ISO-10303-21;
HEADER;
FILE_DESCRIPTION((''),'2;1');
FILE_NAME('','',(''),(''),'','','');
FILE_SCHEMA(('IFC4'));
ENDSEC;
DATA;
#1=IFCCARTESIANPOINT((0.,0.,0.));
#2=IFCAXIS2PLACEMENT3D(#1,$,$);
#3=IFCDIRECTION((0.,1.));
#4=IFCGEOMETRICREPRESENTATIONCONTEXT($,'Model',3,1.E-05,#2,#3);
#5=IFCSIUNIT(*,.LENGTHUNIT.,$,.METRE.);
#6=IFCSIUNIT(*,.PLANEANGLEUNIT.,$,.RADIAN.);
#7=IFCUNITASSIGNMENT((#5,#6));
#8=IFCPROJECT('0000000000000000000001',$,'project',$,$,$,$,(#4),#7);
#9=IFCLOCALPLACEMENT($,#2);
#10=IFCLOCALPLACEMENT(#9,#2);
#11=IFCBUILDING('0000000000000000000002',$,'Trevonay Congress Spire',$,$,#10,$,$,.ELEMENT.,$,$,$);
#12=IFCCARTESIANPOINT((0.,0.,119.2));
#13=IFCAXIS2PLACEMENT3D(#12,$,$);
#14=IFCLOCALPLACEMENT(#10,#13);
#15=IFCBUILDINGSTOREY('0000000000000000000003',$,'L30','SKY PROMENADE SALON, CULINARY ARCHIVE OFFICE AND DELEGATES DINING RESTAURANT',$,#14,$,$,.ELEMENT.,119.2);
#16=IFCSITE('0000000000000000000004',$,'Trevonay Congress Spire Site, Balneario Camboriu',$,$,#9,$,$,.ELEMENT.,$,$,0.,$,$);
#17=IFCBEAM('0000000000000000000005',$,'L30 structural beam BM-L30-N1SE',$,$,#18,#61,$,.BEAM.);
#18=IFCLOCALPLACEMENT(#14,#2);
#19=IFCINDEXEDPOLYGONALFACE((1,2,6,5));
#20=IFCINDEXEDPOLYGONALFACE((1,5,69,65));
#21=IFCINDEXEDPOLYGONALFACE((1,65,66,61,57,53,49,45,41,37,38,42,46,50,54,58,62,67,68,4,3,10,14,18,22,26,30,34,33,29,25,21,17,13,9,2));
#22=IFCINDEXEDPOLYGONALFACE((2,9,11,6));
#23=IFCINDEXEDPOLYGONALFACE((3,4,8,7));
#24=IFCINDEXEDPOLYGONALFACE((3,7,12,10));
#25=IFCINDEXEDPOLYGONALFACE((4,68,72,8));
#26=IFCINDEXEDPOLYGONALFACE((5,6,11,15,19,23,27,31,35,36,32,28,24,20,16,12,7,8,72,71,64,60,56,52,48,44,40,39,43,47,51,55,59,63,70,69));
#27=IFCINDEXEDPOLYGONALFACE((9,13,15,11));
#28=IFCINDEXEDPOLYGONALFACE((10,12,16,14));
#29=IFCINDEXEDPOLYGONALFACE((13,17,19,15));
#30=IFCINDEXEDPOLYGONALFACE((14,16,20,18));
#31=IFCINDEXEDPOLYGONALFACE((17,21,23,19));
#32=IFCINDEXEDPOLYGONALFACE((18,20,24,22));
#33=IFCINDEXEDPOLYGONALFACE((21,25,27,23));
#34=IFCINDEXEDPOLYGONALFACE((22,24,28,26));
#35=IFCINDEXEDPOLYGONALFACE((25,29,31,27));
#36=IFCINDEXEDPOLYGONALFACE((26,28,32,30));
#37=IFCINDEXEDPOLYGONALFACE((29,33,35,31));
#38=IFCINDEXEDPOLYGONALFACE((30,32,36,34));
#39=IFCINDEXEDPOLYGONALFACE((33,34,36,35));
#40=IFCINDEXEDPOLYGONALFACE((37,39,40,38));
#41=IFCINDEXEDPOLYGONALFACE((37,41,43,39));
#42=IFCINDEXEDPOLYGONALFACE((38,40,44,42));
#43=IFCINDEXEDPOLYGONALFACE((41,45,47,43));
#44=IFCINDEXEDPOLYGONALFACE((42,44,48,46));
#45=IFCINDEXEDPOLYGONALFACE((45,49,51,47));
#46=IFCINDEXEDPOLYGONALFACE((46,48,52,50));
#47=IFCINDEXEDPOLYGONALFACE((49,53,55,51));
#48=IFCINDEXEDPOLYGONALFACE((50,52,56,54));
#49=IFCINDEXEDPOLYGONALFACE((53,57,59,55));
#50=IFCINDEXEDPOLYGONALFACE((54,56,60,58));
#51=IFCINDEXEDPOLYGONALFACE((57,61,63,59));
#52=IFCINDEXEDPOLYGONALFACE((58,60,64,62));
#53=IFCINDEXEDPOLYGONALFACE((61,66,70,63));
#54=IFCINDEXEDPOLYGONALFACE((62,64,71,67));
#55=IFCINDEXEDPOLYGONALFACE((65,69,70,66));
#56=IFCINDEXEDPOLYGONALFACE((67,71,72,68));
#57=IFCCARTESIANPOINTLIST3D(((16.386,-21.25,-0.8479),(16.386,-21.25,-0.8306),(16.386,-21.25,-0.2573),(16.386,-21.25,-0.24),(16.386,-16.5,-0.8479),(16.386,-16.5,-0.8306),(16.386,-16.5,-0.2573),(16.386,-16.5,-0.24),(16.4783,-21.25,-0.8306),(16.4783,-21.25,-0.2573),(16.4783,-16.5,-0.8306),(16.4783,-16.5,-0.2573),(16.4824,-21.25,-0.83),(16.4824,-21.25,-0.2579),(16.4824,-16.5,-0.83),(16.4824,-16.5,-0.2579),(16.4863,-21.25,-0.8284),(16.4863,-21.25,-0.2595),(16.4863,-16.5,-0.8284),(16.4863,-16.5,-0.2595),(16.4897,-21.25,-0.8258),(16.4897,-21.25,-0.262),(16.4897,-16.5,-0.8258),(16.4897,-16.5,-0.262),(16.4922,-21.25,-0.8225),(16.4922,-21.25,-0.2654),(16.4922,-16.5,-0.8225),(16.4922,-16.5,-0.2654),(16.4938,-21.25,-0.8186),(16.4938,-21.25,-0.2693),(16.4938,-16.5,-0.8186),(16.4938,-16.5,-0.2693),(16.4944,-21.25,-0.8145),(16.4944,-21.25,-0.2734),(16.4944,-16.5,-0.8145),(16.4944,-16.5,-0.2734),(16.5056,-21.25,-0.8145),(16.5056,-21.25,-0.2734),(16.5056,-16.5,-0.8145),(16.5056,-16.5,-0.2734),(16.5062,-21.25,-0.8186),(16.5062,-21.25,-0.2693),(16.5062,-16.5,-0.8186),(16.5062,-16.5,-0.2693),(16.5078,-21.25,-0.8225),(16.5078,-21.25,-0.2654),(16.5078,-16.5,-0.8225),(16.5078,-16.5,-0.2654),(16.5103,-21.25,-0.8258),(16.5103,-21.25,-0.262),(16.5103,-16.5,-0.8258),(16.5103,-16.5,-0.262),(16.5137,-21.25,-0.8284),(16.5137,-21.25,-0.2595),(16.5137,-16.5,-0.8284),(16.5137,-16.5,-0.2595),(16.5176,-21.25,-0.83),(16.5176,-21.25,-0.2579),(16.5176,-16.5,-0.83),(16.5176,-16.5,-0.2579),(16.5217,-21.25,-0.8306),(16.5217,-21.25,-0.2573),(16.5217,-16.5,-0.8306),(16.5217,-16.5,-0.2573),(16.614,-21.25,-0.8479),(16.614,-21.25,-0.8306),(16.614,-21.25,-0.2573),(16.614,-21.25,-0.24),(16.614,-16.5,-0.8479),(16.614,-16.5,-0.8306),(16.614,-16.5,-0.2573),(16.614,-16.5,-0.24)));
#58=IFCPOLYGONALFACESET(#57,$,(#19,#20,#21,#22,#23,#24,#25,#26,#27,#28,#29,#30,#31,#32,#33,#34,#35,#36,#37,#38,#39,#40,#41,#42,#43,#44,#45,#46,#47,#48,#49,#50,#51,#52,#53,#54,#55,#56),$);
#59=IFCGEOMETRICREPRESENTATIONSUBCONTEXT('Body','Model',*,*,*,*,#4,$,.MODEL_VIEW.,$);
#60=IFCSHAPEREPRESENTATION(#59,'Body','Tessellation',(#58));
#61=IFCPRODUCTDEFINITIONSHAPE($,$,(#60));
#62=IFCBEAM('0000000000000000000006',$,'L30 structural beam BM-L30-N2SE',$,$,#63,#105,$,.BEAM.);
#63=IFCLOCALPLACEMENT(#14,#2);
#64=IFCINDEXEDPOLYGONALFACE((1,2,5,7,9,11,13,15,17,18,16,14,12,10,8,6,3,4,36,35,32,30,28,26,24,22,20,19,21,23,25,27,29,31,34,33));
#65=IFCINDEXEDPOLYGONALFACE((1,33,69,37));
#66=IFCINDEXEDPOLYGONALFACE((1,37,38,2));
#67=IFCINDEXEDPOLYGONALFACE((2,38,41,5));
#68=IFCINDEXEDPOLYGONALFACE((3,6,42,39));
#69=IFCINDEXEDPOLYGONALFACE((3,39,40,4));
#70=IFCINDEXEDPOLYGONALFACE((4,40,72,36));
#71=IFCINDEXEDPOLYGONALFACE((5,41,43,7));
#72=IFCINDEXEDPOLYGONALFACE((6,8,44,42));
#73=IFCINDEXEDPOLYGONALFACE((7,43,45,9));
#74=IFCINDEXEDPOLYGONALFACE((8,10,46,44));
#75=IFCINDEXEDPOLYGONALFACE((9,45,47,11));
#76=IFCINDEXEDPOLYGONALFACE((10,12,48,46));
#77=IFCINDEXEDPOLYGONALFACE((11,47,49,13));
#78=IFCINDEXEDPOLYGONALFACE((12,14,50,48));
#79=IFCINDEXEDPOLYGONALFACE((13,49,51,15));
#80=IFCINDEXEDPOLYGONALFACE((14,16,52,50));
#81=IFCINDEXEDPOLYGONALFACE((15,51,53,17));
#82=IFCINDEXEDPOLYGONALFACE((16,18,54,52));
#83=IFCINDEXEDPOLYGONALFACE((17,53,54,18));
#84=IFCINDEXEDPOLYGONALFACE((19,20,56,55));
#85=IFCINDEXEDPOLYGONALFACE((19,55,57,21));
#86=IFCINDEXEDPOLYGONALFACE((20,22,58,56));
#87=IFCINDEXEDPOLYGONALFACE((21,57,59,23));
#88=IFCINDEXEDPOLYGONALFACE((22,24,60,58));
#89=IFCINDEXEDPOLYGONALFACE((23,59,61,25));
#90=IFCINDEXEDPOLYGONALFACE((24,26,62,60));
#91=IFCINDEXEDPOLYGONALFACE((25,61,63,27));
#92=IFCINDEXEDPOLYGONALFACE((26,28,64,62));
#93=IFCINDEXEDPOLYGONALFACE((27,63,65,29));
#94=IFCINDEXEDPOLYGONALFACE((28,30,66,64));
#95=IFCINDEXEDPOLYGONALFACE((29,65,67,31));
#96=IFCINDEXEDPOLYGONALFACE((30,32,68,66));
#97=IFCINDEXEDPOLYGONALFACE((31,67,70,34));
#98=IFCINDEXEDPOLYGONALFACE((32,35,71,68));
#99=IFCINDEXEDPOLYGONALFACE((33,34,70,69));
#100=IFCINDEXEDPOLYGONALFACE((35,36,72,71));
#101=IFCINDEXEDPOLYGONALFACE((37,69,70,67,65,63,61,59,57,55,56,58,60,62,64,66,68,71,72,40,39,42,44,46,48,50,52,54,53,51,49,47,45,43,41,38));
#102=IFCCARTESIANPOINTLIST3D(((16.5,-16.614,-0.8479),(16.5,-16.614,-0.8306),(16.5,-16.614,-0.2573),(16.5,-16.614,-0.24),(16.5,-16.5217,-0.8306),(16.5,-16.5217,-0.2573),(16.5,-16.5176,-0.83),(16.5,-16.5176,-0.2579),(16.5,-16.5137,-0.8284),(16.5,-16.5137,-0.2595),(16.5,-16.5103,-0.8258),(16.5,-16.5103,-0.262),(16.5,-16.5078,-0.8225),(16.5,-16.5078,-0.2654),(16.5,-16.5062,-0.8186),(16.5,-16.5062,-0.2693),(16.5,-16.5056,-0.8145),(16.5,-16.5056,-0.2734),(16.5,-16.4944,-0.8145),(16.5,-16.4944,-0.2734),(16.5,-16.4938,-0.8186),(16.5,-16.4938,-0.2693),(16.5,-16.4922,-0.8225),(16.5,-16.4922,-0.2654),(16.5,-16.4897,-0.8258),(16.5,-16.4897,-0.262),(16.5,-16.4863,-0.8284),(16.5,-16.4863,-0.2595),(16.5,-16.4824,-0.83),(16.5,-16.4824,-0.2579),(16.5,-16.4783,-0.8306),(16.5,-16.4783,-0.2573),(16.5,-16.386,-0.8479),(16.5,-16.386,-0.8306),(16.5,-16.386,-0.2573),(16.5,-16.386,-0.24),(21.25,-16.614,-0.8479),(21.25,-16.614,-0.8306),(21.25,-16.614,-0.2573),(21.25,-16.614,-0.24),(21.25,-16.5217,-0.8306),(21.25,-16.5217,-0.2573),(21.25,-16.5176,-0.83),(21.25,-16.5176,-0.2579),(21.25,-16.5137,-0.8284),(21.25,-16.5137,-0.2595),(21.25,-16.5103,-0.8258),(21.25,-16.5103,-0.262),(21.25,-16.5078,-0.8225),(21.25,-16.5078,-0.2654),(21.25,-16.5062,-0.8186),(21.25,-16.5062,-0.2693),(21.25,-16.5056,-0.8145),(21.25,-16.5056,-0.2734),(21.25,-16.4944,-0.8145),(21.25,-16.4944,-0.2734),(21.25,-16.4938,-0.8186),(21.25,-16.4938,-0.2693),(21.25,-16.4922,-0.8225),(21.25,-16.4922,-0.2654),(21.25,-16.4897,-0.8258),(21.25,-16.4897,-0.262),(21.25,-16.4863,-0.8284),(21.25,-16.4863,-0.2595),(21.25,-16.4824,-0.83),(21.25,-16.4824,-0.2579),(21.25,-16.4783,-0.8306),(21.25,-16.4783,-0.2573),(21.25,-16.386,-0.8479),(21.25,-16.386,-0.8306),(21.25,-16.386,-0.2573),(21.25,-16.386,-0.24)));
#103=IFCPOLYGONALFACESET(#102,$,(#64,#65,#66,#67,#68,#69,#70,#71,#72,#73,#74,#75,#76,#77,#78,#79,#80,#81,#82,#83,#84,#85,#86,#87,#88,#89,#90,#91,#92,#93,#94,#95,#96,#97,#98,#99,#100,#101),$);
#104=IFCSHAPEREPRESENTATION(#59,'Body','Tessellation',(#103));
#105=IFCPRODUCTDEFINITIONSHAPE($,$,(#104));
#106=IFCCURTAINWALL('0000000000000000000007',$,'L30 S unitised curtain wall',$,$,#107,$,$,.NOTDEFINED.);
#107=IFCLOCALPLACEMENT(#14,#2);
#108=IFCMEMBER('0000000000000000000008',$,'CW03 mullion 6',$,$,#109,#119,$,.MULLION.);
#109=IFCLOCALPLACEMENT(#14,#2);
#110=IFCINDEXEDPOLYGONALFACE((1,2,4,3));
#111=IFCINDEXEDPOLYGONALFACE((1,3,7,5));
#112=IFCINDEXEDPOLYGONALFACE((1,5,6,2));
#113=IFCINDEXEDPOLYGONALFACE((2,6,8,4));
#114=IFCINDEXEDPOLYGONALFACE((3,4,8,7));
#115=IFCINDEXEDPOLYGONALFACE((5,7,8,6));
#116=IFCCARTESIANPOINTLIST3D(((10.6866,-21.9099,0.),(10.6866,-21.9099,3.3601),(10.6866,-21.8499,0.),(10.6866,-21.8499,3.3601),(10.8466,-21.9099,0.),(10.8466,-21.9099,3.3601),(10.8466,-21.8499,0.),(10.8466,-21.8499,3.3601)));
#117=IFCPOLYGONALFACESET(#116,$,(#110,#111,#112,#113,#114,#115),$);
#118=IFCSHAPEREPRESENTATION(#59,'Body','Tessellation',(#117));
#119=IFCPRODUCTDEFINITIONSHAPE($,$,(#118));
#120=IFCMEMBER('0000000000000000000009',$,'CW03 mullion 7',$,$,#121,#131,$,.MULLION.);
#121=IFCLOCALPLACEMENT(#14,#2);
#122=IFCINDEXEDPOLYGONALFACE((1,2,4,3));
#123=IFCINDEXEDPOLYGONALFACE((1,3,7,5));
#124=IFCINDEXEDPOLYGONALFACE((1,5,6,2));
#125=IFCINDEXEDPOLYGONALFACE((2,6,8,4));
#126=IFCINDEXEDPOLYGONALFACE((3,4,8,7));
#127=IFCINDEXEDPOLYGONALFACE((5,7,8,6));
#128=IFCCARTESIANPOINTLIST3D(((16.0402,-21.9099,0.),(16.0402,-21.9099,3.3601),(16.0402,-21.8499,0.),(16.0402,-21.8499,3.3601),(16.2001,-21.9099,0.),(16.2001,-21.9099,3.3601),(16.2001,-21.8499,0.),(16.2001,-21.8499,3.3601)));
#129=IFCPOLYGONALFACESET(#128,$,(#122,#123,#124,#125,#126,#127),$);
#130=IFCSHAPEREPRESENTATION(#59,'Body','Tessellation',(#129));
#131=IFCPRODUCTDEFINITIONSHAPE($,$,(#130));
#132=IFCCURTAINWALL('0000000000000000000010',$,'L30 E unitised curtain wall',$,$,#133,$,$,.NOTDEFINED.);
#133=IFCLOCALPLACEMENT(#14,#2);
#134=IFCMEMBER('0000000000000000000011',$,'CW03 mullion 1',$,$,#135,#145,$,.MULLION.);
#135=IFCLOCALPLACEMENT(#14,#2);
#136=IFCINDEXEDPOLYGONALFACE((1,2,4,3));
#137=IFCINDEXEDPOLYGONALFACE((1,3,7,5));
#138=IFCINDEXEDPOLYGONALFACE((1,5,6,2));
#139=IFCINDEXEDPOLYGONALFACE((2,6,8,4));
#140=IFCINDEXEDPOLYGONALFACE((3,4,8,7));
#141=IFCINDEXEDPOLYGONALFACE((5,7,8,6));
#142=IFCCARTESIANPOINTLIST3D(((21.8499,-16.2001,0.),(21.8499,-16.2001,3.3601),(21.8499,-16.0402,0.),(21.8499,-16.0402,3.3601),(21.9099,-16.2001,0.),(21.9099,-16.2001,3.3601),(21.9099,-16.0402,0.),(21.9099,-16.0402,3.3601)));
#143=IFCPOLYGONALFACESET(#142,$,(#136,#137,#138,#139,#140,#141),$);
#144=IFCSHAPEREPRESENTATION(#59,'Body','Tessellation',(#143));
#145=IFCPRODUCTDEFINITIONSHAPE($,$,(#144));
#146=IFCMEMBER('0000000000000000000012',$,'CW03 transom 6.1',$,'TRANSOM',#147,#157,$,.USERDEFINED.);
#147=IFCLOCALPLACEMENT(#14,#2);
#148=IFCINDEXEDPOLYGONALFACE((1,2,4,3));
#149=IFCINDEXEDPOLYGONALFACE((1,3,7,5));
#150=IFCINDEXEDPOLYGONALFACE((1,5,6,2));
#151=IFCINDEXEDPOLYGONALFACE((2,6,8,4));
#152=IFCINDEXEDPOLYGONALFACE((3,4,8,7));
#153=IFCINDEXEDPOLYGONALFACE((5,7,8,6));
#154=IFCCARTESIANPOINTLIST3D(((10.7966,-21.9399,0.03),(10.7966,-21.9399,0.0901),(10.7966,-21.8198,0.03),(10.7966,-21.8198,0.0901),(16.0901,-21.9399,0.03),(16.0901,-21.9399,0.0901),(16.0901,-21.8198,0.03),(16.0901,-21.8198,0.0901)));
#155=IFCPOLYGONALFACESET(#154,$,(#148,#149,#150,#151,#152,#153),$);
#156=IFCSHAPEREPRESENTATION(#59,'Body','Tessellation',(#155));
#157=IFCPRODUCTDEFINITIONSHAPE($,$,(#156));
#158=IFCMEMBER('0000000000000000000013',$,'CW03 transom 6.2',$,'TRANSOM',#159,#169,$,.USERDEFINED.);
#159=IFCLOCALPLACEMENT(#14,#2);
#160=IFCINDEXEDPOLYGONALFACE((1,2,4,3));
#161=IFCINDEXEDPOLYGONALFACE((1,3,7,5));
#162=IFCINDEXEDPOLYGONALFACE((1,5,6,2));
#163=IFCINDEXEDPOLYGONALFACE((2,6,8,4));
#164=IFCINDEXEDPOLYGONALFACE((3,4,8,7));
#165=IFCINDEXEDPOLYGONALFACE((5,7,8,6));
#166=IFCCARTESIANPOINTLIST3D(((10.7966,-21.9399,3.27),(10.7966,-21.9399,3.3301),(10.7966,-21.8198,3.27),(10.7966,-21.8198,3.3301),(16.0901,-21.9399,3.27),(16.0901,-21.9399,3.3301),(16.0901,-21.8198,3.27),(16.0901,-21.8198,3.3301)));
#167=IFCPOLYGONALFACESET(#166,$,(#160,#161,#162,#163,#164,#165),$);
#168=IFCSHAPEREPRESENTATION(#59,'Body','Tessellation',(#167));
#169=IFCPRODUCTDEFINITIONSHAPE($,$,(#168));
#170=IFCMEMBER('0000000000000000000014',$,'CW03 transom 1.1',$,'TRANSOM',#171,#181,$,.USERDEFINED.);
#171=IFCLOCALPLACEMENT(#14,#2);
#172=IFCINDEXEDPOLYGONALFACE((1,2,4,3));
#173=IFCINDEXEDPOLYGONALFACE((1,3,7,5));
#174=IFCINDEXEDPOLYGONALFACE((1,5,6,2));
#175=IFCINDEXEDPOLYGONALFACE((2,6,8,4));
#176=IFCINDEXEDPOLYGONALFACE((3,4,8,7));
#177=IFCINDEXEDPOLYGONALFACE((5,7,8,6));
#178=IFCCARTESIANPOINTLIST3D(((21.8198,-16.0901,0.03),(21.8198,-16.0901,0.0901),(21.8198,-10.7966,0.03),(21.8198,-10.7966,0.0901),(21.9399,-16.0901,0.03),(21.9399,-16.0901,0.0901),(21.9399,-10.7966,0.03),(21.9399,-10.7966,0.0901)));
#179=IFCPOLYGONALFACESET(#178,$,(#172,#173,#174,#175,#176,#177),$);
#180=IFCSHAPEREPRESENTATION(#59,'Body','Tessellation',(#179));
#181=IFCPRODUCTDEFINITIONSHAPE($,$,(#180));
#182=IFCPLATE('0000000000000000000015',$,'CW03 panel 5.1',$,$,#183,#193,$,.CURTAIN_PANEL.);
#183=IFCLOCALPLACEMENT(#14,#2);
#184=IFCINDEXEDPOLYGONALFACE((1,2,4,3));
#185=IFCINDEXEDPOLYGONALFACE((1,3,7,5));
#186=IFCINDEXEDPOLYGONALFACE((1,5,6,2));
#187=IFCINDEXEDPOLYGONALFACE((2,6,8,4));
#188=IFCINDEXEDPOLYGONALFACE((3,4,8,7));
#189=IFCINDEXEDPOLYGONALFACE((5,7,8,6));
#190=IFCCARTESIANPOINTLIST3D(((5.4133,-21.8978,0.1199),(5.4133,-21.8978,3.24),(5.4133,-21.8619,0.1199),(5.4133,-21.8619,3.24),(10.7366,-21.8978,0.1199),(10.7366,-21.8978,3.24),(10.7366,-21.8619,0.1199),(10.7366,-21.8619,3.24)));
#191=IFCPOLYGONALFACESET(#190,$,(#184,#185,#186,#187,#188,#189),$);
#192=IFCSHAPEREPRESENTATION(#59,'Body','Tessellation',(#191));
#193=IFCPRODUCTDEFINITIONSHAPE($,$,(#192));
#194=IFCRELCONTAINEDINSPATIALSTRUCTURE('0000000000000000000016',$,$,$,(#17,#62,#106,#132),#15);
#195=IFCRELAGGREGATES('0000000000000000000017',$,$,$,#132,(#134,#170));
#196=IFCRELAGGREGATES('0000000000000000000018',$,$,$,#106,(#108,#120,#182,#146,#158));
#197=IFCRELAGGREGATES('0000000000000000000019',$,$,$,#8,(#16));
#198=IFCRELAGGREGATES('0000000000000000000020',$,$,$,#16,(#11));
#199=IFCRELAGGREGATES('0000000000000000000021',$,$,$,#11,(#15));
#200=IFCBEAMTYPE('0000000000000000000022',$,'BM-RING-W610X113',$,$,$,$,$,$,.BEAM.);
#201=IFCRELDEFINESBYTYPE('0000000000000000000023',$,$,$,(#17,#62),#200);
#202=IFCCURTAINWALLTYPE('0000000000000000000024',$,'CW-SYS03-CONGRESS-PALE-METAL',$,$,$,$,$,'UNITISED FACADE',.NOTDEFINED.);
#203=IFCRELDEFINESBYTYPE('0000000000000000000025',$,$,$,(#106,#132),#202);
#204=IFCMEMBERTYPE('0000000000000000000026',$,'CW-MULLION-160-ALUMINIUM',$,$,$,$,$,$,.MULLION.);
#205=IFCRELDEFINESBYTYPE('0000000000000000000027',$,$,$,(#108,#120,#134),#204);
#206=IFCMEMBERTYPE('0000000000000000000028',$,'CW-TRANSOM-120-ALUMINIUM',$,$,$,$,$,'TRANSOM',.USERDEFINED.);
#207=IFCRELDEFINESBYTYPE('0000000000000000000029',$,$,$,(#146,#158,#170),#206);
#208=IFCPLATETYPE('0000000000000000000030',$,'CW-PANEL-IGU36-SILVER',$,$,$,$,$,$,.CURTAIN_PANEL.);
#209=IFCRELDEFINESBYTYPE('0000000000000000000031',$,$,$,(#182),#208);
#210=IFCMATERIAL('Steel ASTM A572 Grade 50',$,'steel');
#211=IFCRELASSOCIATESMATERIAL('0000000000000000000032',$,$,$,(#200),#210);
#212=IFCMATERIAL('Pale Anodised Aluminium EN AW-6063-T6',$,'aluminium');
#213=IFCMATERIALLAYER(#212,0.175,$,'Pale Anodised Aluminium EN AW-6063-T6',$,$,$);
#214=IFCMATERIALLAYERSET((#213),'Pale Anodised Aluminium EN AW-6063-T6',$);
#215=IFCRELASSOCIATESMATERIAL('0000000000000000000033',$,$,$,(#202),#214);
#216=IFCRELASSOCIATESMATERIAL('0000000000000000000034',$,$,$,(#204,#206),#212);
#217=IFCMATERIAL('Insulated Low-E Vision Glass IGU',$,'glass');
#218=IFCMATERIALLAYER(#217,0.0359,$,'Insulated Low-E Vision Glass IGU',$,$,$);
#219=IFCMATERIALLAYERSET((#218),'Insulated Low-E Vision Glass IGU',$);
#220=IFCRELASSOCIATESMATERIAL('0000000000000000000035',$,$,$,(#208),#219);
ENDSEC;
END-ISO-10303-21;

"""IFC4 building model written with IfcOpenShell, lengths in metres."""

from ifc_helpers import new_model, si_unit, direction, frame, origin, origin_2d, place, context, subcontext, project, spatial, rectangle, i_section, extrude, material, layer, layer_set, material_profile, profile_set, type_object, element, aggregate, save


model = new_model("IFC4")

# Units and contexts
model_context = context("Model", 3, precision=1e-05, world=origin(), true_north=direction((0.0, 1.0)))
body_context = subcontext(model_context, "Body", "Model", "MODEL_VIEW")
ifc_project = project(units=[si_unit("LENGTHUNIT", "METRE"), si_unit("PLANEANGLEUNIT", "RADIAN")], contexts=[model_context])

# Site, building, storey
site_placement = place(None, origin())
site = spatial("IfcSite", under=ifc_project, at=site_placement, Name="Trevonay Congress Spire Site, Balneario Camboriu", CompositionType="ELEMENT", RefElevation=0.0)
building_placement = place(site_placement, origin())
building = spatial("IfcBuilding", under=site, at=building_placement, Name="Trevonay Congress Spire", CompositionType="ELEMENT")
storey_placement = place(building_placement, frame((0.0, 0.0, 119.2)))
storey = spatial("IfcBuildingStorey", under=building, at=storey_placement, Name="L30", Description="SKY PROMENADE SALON, CULINARY ARCHIVE OFFICE AND DELEGATES DINING RESTAURANT", CompositionType="ELEMENT", Elevation=119.2)

# Shared definitions
ifc_material_1 = material(Name="Steel ASTM A572 Grade 50", Category="steel")

# Beams
ifc_material_profile_1 = material_profile(ifc_material_1, i_section(OverallWidth=0.228, OverallDepth=0.6079, WebThickness=0.0112, FlangeThickness=0.0173, FilletRadius=0.0161, at=origin_2d()), Name="W610x113")
ifc_profile_set_1 = profile_set([ifc_material_profile_1], Name="Steel ASTM A572 Grade 50")
beam_type = type_object("IfcBeamType", Name="BM-RING-W610X113", PredefinedType="BEAM", material=ifc_profile_set_1)
for number, where, z_axis, x_axis, name in (
    (1, (16.5, -21.25, -0.5439), (0.0, 1.0, 0.0), (-1.0, 0.0, 0.0), "L30 structural beam BM-L30-N1SE"),
    (2, (21.25, -16.5, -0.5439), (-1.0, 0.0, 0.0), (0.0, -1.0, 0.0), "L30 structural beam BM-L30-N2SE"),
):
    element("IfcBeam", number, at=place(storey_placement, frame(where, z_axis=z_axis, x_axis=x_axis)), inside=storey, type_object=beam_type, Name=name, PredefinedType="BEAM", context=body_context, shape_type="SweptSolid", body=[
        extrude(i_section(OverallWidth=0.228, OverallDepth=0.6079, WebThickness=0.0112, FlangeThickness=0.0173, FilletRadius=0.0161, at=origin_2d()), origin(), (0.0, 0.0, 1.0), 4.75),
    ])

# Curtain wall, members
ifc_material_2 = material(Name="Pale Anodised Aluminium EN AW-6063-T6", Category="aluminium")
ifc_layer_1 = layer(ifc_material_2, 0.175, Name="Pale Anodised Aluminium EN AW-6063-T6")
ifc_layer_set_1 = layer_set([ifc_layer_1], Name="Pale Anodised Aluminium EN AW-6063-T6")
curtain_wall_type = type_object("IfcCurtainWallType", Name="CW-SYS03-CONGRESS-PALE-METAL", ElementType="UNITISED FACADE", PredefinedType="NOTDEFINED", material=ifc_layer_set_1)
curtain_wall_1_placement = place(storey_placement, origin())
curtain_wall_1 = element("IfcCurtainWall", 3, at=curtain_wall_1_placement, inside=storey, type_object=curtain_wall_type, Name="L30 S unitised curtain wall", PredefinedType="NOTDEFINED")
ifc_material_profile_2 = material_profile(ifc_material_2, rectangle(XDim=0.0601, YDim=0.1599, at=origin_2d()), Name="CW-MULLION-160-ALUMINIUM")
ifc_profile_set_2 = profile_set([ifc_material_profile_2], Name="Pale Anodised Aluminium EN AW-6063-T6")
member_type_1 = type_object("IfcMemberType", Name="CW-MULLION-160-ALUMINIUM", PredefinedType="MULLION", material=ifc_profile_set_2)
member_1_placement = place(storey_placement, frame((10.7666, -21.8799, 0.0), z_axis=(0.0, 0.0, 1.0), x_axis=(0.0, 1.0, 0.0)))
member_1 = element("IfcMember", 4, at=member_1_placement, type_object=member_type_1, Name="CW03 mullion 6", PredefinedType="MULLION", context=body_context, shape_type="SweptSolid", body=[
    extrude(rectangle(XDim=0.0601, YDim=0.1599, at=origin_2d()), origin(), (0.0, 0.0, 1.0), 3.3601),
])
member_2_placement = place(storey_placement, frame((16.1201, -21.8799, 0.0), z_axis=(0.0, 0.0, 1.0), x_axis=(0.0, 1.0, 0.0)))
member_2 = element("IfcMember", 5, at=member_2_placement, type_object=member_type_1, Name="CW03 mullion 7", PredefinedType="MULLION", context=body_context, shape_type="SweptSolid", body=[
    extrude(rectangle(XDim=0.0601, YDim=0.1599, at=origin_2d()), origin(), (0.0, 0.0, 1.0), 3.3601),
])

# Curtain wall, member
curtain_wall_2_placement = place(storey_placement, origin())
curtain_wall_2 = element("IfcCurtainWall", 6, at=curtain_wall_2_placement, inside=storey, type_object=curtain_wall_type, Name="L30 E unitised curtain wall", PredefinedType="NOTDEFINED")
member_3_placement = place(storey_placement, frame((21.8799, -16.1201, 0.0), z_axis=(0.0, 0.0, 1.0), x_axis=(-1.0, 0.0, 0.0)))
member_3 = element("IfcMember", 7, at=member_3_placement, type_object=member_type_1, Name="CW03 mullion 1", PredefinedType="MULLION", context=body_context, shape_type="SweptSolid", body=[
    extrude(rectangle(XDim=0.0601, YDim=0.1599, at=origin_2d()), origin(), (0.0, 0.0, 1.0), 3.3601),
])

# Members
ifc_material_profile_3 = material_profile(ifc_material_2, rectangle(XDim=0.1201, YDim=0.0601, at=origin_2d()), Name="CW-TRANSOM-120-ALUMINIUM")
ifc_profile_set_3 = profile_set([ifc_material_profile_3], Name="Pale Anodised Aluminium EN AW-6063-T6")
member_type_2 = type_object("IfcMemberType", Name="CW-TRANSOM-120-ALUMINIUM", ElementType="TRANSOM", PredefinedType="USERDEFINED", material=ifc_profile_set_3)
member_4_placement = place(storey_placement, frame((10.7966, -21.8799, 0.0601), z_axis=(1.0, 0.0, 0.0), x_axis=(0.0, 1.0, 0.0)))
member_4 = element("IfcMember", 8, at=member_4_placement, type_object=member_type_2, Name="CW03 transom 6.1", ObjectType="TRANSOM", PredefinedType="USERDEFINED", context=body_context, shape_type="SweptSolid", body=[
    extrude(rectangle(XDim=0.1201, YDim=0.0601, at=origin_2d()), origin(), (0.0, 0.0, 1.0), 5.2935),
])
member_5_placement = place(storey_placement, frame((10.7966, -21.8799, 3.3), z_axis=(1.0, 0.0, 0.0), x_axis=(0.0, 1.0, 0.0)))
member_5 = element("IfcMember", 9, at=member_5_placement, type_object=member_type_2, Name="CW03 transom 6.2", ObjectType="TRANSOM", PredefinedType="USERDEFINED", context=body_context, shape_type="SweptSolid", body=[
    extrude(rectangle(XDim=0.1201, YDim=0.0601, at=origin_2d()), origin(), (0.0, 0.0, 1.0), 5.2935),
])
member_6_placement = place(storey_placement, frame((21.8799, -16.0901, 0.0601), z_axis=(0.0, 1.0, 0.0), x_axis=(-1.0, 0.0, 0.0)))
member_6 = element("IfcMember", 10, at=member_6_placement, type_object=member_type_2, Name="CW03 transom 1.1", ObjectType="TRANSOM", PredefinedType="USERDEFINED", context=body_context, shape_type="SweptSolid", body=[
    extrude(rectangle(XDim=0.1201, YDim=0.0601, at=origin_2d()), origin(), (0.0, 0.0, 1.0), 5.2935),
])
aggregate(curtain_wall_2, [member_3, member_6])

# Plate
ifc_material_3 = material(Name="Insulated Low-E Vision Glass IGU", Category="glass")
ifc_layer_2 = layer(ifc_material_3, 0.0359, Name="Insulated Low-E Vision Glass IGU")
ifc_layer_set_2 = layer_set([ifc_layer_2], Name="Insulated Low-E Vision Glass IGU")
plate_type = type_object("IfcPlateType", Name="CW-PANEL-IGU36-SILVER", PredefinedType="CURTAIN_PANEL", material=ifc_layer_set_2)
plate_1_placement = place(storey_placement, frame((8.075, -21.8799, 0.1199), z_axis=(0.0, 0.0, 1.0), x_axis=(1.0, 0.0, 0.0)))
plate_1 = element("IfcPlate", 11, at=plate_1_placement, type_object=plate_type, Name="CW03 panel 5.1", PredefinedType="CURTAIN_PANEL", context=body_context, shape_type="SweptSolid", body=[
    extrude(rectangle(XDim=5.3232, YDim=0.0359, at=origin_2d()), origin(), (0.0, 0.0, 1.0), 3.1201),
])
aggregate(curtain_wall_1, [member_1, member_2, plate_1, member_4, member_5])

save(model, "model.ifc")
